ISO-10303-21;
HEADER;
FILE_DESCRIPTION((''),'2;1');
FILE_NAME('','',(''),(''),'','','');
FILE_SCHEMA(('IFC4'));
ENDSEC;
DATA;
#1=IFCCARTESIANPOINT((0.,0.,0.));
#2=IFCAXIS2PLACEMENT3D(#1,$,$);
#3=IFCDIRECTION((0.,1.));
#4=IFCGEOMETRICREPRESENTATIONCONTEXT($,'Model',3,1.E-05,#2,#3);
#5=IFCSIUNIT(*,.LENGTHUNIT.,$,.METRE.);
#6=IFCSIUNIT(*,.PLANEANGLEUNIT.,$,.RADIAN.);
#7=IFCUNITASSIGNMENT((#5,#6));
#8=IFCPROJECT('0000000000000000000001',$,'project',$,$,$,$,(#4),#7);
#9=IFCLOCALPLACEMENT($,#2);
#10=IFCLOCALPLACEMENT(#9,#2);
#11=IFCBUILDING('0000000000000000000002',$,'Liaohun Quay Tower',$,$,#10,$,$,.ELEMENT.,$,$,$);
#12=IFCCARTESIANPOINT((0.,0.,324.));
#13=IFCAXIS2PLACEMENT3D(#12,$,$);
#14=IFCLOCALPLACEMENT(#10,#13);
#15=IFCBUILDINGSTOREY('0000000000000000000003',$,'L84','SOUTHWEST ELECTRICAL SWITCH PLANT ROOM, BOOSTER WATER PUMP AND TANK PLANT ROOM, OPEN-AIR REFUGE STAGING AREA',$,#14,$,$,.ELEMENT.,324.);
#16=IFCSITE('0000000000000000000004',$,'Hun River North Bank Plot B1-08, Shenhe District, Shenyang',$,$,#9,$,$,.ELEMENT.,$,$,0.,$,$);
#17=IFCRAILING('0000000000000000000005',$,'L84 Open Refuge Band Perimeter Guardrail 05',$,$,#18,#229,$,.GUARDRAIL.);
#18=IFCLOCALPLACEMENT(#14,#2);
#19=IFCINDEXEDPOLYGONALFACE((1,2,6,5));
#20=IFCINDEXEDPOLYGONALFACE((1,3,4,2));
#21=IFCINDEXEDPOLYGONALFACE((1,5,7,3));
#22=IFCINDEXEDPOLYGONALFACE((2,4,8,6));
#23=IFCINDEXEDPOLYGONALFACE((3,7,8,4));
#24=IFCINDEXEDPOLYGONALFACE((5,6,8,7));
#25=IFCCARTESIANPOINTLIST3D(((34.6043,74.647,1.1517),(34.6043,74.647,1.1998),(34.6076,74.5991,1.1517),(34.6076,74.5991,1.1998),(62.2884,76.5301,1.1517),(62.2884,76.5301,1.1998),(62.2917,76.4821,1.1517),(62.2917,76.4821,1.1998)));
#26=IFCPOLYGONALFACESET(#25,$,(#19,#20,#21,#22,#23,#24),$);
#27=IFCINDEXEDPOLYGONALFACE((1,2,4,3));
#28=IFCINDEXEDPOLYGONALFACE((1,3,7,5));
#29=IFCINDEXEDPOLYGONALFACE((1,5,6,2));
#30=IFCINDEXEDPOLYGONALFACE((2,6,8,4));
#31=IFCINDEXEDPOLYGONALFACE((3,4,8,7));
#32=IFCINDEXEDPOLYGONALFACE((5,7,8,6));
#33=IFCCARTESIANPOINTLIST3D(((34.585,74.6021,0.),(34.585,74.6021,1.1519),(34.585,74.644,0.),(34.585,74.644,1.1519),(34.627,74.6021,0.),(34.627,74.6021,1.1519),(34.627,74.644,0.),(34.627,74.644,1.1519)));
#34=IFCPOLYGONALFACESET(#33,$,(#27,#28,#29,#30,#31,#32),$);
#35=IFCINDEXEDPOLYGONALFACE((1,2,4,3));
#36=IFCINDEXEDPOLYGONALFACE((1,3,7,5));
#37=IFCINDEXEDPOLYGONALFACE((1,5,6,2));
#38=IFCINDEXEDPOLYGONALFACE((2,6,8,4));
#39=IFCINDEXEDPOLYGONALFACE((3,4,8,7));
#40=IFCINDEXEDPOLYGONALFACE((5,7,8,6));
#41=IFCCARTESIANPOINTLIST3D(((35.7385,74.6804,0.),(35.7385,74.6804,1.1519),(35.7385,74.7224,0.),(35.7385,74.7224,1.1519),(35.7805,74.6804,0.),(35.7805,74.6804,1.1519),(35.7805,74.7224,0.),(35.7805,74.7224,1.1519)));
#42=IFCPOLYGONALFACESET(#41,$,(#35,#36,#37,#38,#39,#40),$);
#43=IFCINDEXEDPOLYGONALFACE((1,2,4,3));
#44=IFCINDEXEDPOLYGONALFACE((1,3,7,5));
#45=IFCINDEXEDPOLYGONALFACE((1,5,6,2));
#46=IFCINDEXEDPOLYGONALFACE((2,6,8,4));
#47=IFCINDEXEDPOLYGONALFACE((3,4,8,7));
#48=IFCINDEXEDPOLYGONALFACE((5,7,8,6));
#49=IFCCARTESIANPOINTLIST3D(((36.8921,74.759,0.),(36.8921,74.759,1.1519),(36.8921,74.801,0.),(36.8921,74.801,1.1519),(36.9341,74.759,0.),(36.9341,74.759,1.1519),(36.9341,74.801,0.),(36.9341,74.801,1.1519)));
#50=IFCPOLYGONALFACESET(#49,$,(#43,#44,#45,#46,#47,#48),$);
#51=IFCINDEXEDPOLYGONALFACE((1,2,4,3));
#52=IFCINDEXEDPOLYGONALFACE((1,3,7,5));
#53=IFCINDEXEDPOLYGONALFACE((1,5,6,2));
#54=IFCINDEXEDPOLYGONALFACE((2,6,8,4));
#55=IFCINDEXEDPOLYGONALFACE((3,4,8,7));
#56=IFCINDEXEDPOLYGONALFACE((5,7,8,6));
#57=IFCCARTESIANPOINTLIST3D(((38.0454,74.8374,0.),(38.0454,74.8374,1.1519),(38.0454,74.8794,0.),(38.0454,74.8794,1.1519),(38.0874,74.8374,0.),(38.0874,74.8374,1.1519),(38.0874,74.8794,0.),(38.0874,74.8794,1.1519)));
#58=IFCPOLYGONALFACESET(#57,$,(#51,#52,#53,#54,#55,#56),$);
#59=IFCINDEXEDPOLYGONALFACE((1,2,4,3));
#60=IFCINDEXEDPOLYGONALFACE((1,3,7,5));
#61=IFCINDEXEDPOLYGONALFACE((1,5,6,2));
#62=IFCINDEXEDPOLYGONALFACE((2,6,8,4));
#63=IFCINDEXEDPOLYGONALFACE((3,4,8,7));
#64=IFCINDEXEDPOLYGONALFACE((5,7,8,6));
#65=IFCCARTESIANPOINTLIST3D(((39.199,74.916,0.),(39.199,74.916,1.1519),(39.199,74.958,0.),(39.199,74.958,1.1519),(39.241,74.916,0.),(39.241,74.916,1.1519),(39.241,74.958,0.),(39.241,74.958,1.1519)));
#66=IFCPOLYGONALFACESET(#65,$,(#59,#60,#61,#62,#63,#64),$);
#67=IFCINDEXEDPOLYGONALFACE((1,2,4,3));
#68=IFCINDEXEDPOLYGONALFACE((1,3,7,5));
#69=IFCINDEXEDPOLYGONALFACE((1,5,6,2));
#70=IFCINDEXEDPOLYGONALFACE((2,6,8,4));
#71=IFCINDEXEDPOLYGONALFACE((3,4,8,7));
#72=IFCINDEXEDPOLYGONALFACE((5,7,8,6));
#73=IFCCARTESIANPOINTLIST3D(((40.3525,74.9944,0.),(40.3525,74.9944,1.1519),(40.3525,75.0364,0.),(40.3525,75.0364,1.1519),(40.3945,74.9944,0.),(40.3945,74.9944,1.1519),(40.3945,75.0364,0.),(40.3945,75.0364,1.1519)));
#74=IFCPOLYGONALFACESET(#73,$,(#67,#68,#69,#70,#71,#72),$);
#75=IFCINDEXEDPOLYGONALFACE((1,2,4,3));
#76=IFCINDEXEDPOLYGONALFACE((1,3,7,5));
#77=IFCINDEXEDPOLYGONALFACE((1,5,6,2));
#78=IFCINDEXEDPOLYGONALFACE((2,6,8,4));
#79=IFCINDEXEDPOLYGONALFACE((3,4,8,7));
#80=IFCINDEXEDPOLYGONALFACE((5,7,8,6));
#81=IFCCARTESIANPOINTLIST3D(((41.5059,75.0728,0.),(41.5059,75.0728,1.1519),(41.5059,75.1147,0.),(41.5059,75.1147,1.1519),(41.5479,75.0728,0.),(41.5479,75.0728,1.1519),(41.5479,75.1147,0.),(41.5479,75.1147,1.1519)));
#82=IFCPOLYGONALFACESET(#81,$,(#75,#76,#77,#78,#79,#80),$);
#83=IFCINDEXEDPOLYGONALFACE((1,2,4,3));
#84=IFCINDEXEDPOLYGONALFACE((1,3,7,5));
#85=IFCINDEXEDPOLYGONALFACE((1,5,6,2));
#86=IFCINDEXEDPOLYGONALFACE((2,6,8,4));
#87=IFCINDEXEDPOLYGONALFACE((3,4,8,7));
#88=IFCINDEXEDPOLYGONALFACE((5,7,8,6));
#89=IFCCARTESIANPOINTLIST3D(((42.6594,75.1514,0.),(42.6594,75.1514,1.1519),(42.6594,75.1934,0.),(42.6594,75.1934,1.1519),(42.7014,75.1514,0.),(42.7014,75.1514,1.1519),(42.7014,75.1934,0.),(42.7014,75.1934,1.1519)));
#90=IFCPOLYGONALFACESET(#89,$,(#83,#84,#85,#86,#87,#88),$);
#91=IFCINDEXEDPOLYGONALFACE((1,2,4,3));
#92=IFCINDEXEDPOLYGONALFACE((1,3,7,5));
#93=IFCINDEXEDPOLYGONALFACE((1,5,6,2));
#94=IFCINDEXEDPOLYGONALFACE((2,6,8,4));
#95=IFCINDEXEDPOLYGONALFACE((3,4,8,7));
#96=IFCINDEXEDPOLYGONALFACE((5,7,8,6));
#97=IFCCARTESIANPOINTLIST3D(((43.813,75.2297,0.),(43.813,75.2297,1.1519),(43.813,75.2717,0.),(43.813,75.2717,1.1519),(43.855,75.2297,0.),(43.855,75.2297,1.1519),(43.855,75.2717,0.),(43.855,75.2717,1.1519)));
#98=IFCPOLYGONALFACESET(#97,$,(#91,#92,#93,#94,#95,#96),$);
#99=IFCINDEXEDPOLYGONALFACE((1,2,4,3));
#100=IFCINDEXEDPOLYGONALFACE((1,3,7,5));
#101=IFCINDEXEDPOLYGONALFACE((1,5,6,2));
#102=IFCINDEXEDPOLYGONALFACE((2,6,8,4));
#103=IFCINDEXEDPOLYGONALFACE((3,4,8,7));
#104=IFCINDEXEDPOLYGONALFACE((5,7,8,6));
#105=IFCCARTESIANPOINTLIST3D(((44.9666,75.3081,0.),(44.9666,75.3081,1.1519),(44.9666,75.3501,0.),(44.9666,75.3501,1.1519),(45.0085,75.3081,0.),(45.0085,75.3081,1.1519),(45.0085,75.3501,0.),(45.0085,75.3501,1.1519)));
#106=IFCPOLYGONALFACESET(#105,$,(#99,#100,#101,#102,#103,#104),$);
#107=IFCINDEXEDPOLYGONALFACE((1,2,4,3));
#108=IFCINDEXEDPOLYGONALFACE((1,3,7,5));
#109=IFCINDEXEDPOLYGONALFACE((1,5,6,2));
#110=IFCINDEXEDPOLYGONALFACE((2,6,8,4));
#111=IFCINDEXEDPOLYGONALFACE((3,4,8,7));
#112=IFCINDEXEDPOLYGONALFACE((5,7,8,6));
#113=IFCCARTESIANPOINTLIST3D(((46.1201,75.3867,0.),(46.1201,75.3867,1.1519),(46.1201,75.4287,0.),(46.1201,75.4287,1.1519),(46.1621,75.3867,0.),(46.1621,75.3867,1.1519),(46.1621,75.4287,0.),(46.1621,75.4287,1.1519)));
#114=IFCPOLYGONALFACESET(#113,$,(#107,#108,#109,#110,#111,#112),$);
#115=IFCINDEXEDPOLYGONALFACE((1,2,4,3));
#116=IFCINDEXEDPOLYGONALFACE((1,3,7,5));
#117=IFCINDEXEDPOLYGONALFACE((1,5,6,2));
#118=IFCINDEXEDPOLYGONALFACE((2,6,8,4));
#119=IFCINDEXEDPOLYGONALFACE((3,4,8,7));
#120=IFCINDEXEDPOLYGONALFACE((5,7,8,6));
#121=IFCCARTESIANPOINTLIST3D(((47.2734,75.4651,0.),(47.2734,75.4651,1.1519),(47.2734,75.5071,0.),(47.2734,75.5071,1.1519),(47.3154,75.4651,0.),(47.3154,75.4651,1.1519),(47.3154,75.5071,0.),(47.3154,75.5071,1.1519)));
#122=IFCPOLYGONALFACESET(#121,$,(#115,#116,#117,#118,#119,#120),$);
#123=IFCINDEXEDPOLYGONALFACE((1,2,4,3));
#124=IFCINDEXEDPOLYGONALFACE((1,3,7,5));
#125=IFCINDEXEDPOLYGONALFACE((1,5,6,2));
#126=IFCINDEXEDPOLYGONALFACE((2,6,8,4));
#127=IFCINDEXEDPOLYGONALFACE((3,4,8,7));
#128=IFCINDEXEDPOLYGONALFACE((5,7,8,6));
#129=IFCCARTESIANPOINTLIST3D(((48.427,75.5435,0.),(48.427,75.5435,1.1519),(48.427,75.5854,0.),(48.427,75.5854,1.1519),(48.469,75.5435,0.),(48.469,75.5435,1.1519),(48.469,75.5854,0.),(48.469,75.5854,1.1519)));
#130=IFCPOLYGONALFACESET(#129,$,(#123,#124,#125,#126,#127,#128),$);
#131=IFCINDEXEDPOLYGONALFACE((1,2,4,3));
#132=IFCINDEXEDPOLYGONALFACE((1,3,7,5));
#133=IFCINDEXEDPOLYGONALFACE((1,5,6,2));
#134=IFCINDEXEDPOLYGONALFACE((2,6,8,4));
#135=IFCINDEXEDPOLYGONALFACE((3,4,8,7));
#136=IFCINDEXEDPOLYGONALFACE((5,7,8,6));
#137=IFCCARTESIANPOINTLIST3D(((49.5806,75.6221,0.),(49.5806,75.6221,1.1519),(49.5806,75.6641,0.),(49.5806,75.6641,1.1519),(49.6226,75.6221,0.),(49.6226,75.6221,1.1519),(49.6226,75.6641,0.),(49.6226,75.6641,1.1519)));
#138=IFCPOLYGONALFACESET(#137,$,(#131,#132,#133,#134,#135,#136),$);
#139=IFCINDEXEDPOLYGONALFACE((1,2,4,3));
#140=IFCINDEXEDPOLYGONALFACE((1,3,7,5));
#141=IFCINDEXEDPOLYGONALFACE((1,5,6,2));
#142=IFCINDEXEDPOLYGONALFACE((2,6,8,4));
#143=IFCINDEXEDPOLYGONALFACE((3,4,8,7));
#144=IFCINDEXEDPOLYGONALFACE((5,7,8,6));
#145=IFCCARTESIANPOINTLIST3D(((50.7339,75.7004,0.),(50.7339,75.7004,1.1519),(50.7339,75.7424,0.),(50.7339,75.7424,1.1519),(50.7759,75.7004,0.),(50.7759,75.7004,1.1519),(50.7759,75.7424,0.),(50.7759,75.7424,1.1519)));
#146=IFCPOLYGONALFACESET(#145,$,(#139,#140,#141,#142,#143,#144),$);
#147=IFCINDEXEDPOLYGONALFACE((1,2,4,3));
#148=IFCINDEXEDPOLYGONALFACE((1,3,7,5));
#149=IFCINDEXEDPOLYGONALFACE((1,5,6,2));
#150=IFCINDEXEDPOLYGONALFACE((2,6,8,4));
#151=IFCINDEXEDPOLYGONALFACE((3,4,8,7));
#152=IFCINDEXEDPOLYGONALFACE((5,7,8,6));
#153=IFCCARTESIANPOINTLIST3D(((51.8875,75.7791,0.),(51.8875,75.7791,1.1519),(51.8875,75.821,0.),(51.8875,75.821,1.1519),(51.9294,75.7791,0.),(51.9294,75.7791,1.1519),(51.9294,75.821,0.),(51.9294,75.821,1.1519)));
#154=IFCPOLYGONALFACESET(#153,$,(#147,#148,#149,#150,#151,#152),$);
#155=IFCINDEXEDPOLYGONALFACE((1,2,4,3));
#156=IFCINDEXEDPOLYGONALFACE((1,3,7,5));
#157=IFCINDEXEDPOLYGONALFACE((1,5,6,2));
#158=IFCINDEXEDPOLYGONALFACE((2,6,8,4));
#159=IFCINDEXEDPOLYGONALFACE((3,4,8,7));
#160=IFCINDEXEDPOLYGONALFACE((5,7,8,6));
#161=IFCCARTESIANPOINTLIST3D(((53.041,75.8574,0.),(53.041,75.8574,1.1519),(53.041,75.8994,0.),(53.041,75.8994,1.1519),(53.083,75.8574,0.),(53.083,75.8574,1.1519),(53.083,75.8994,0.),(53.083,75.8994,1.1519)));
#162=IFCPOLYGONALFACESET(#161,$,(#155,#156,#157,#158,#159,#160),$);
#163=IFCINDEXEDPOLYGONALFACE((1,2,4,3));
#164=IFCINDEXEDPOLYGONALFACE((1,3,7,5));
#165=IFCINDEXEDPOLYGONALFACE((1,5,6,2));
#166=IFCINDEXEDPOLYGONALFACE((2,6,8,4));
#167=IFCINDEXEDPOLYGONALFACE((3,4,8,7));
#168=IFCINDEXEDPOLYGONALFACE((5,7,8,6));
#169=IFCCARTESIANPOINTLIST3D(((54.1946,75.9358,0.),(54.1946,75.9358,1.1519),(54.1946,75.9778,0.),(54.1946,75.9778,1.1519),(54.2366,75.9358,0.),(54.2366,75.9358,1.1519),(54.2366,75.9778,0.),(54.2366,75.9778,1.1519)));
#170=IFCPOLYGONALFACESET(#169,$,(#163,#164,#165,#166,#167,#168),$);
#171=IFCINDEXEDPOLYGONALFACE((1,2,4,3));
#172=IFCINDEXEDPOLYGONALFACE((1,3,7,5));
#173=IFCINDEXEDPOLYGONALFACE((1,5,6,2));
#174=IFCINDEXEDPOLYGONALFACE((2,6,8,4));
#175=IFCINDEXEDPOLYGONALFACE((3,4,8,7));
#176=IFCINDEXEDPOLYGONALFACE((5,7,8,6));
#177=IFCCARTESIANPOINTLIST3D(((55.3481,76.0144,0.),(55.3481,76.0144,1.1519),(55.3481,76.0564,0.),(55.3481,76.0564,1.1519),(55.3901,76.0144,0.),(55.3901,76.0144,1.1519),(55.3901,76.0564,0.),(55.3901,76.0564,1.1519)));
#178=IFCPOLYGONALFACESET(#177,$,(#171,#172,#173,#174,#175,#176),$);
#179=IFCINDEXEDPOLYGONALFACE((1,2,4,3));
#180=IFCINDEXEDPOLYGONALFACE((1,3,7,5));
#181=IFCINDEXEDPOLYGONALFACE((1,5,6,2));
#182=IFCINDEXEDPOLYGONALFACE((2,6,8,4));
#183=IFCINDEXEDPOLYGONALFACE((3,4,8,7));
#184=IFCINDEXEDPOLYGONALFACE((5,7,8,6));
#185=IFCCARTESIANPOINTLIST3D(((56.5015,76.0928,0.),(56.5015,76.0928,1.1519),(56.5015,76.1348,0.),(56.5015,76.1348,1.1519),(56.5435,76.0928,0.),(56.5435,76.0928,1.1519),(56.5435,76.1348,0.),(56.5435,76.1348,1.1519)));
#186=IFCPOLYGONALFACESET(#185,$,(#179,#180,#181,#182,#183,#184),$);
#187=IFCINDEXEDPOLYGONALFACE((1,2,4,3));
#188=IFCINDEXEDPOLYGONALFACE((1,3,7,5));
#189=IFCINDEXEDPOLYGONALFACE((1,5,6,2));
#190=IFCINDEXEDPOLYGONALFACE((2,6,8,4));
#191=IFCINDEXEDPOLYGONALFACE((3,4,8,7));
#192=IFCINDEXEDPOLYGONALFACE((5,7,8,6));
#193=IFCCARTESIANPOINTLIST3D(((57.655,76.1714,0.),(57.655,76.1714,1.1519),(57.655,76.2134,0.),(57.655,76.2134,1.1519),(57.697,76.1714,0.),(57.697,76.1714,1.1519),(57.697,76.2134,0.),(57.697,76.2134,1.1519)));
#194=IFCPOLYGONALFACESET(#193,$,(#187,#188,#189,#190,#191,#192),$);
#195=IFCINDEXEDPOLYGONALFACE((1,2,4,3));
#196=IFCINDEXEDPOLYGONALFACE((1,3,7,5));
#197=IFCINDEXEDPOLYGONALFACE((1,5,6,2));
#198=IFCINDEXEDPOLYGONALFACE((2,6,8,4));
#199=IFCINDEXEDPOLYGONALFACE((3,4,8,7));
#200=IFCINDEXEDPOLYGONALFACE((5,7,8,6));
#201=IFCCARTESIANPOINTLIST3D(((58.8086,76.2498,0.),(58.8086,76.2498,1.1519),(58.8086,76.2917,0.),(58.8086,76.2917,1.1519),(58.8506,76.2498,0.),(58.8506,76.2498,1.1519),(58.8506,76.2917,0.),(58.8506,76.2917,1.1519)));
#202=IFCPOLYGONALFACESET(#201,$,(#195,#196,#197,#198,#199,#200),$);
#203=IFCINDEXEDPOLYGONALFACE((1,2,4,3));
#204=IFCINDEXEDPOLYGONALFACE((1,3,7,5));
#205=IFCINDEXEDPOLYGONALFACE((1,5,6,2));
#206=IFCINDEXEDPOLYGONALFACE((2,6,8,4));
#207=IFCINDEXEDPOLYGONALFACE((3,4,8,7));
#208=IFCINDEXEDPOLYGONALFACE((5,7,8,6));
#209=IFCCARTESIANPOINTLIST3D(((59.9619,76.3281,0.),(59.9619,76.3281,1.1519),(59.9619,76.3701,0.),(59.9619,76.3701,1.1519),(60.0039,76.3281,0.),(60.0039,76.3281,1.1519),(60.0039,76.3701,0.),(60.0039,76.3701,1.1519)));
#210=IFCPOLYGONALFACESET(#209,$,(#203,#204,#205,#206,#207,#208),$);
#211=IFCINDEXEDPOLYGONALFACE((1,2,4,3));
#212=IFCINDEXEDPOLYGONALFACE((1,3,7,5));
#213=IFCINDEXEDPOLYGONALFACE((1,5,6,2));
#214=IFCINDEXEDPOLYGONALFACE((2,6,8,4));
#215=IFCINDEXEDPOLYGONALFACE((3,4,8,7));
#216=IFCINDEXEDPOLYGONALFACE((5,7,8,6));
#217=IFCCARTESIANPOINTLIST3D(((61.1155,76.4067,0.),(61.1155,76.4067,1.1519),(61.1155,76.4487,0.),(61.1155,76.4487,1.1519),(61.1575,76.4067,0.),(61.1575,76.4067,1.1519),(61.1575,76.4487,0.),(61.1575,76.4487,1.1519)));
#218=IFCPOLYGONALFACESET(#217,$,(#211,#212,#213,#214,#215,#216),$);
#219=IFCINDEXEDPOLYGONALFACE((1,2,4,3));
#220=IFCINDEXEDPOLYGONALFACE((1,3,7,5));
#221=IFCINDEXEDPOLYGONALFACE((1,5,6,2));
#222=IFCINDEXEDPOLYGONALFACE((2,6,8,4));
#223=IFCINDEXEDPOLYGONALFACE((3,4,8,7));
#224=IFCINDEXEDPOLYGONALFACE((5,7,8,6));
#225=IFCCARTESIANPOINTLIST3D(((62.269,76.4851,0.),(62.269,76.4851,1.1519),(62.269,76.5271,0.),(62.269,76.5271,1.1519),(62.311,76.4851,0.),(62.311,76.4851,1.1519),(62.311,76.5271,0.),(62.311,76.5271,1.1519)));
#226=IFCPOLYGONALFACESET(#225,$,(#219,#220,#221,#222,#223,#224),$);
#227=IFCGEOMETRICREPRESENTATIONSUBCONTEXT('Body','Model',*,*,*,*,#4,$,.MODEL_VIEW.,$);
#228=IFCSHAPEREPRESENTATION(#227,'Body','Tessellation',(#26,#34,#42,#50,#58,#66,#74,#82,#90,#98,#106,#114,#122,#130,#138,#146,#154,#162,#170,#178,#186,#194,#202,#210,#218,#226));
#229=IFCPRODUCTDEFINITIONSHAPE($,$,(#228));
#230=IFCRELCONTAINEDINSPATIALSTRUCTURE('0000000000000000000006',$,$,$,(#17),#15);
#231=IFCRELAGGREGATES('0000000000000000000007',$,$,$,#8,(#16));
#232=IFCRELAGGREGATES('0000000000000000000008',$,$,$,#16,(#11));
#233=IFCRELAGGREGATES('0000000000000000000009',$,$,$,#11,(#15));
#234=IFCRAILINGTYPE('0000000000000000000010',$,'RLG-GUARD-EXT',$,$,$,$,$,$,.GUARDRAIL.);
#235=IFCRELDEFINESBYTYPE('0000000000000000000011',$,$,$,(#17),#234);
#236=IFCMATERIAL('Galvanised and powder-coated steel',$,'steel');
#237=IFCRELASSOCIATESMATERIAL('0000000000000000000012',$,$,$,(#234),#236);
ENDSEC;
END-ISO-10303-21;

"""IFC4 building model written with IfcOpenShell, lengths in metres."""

from ifc_helpers import new_model, si_unit, direction, frame, origin, origin_2d, place, context, subcontext, project, spatial, rectangle, extrude, material, type_object, element, save


model = new_model("IFC4")

# Units and contexts
model_context = context("Model", 3, precision=1e-05, world=origin(), true_north=direction((0.0, 1.0)))
body_context = subcontext(model_context, "Body", "Model", "MODEL_VIEW")
ifc_project = project(units=[si_unit("LENGTHUNIT", "METRE"), si_unit("PLANEANGLEUNIT", "RADIAN")], contexts=[model_context])

# Site, building, storey
site_placement = place(None, origin())
site = spatial("IfcSite", under=ifc_project, at=site_placement, Name="Hun River North Bank Plot B1-08, Shenhe District, Shenyang", CompositionType="ELEMENT", RefElevation=0.0)
building_placement = place(site_placement, origin())
building = spatial("IfcBuilding", under=site, at=building_placement, Name="Liaohun Quay Tower", CompositionType="ELEMENT")
storey_placement = place(building_placement, frame((0.0, 0.0, 324.0)))
storey = spatial("IfcBuildingStorey", under=building, at=storey_placement, Name="L84", Description="SOUTHWEST ELECTRICAL SWITCH PLANT ROOM, BOOSTER WATER PUMP AND TANK PLANT ROOM, OPEN-AIR REFUGE STAGING AREA", CompositionType="ELEMENT", Elevation=324.0)

# Railing
ifc_material_1 = material(Name="Galvanised and powder-coated steel", Category="steel")
railing_type = type_object("IfcRailingType", Name="RLG-GUARD-EXT", PredefinedType="GUARDRAIL", material=ifc_material_1)
railing_1_placement = place(storey_placement, frame((34.606, 74.623, 0.0)))
element("IfcRailing", 1, at=railing_1_placement, inside=storey, type_object=railing_type, Name="L84 Open Refuge Band Perimeter Guardrail 05", PredefinedType="GUARDRAIL", context=body_context, shape_type="SweptSolid", body=[
    extrude(rectangle(XDim=0.0481, YDim=0.0481, at=origin_2d()), frame((0.0, 0.0, 1.1758), z_axis=(0.997695, 0.067863, 0.0), x_axis=(-0.067863, 0.997695, 0.0)), (0.0, 0.0, 1.0), 27.748),
    extrude(rectangle(XDim=0.042, YDim=0.042, at=origin_2d()), origin(), (0.0, 0.0, 1.0), 1.1519),
    extrude(rectangle(XDim=0.042, YDim=0.042, at=origin_2d()), frame((1.1536, 0.0784, 0.0)), (0.0, 0.0, 1.0), 1.1519),
    extrude(rectangle(XDim=0.042, YDim=0.042, at=origin_2d()), frame((2.3071, 0.157, 0.0)), (0.0, 0.0, 1.0), 1.1519),
    extrude(rectangle(XDim=0.042, YDim=0.042, at=origin_2d()), frame((3.4604, 0.2354, 0.0)), (0.0, 0.0, 1.0), 1.1519),
    extrude(rectangle(XDim=0.042, YDim=0.042, at=origin_2d()), frame((4.614, 0.314, 0.0)), (0.0, 0.0, 1.0), 1.1519),
    extrude(rectangle(XDim=0.042, YDim=0.042, at=origin_2d()), frame((5.7676, 0.3923, 0.0)), (0.0, 0.0, 1.0), 1.1519),
    extrude(rectangle(XDim=0.042, YDim=0.042, at=origin_2d()), frame((6.9209, 0.4707, 0.0)), (0.0, 0.0, 1.0), 1.1519),
    extrude(rectangle(XDim=0.042, YDim=0.042, at=origin_2d()), frame((8.0745, 0.5493, 0.0)), (0.0, 0.0, 1.0), 1.1519),
    extrude(rectangle(XDim=0.042, YDim=0.042, at=origin_2d()), frame((9.228, 0.6277, 0.0)), (0.0, 0.0, 1.0), 1.1519),
    extrude(rectangle(XDim=0.042, YDim=0.042, at=origin_2d()), frame((10.3816, 0.7061, 0.0)), (0.0, 0.0, 1.0), 1.1519),
    extrude(rectangle(XDim=0.042, YDim=0.042, at=origin_2d()), frame((11.5352, 0.7847, 0.0)), (0.0, 0.0, 1.0), 1.1519),
    extrude(rectangle(XDim=0.042, YDim=0.042, at=origin_2d()), frame((12.6885, 0.863, 0.0)), (0.0, 0.0, 1.0), 1.1519),
    extrude(rectangle(XDim=0.042, YDim=0.042, at=origin_2d()), frame((13.842, 0.9414, 0.0)), (0.0, 0.0, 1.0), 1.1519),
    extrude(rectangle(XDim=0.042, YDim=0.042, at=origin_2d()), frame((14.9956, 1.02, 0.0)), (0.0, 0.0, 1.0), 1.1519),
    extrude(rectangle(XDim=0.042, YDim=0.042, at=origin_2d()), frame((16.1489, 1.0984, 0.0)), (0.0, 0.0, 1.0), 1.1519),
    extrude(rectangle(XDim=0.042, YDim=0.042, at=origin_2d()), frame((17.3025, 1.177, 0.0)), (0.0, 0.0, 1.0), 1.1519),
    extrude(rectangle(XDim=0.042, YDim=0.042, at=origin_2d()), frame((18.4561, 1.2554, 0.0)), (0.0, 0.0, 1.0), 1.1519),
    extrude(rectangle(XDim=0.042, YDim=0.042, at=origin_2d()), frame((19.6096, 1.3337, 0.0)), (0.0, 0.0, 1.0), 1.1519),
    extrude(rectangle(XDim=0.042, YDim=0.042, at=origin_2d()), frame((20.7632, 1.4124, 0.0)), (0.0, 0.0, 1.0), 1.1519),
    extrude(rectangle(XDim=0.042, YDim=0.042, at=origin_2d()), frame((21.9165, 1.4907, 0.0)), (0.0, 0.0, 1.0), 1.1519),
    extrude(rectangle(XDim=0.042, YDim=0.042, at=origin_2d()), frame((23.0701, 1.5693, 0.0)), (0.0, 0.0, 1.0), 1.1519),
    extrude(rectangle(XDim=0.042, YDim=0.042, at=origin_2d()), frame((24.2236, 1.6477, 0.0)), (0.0, 0.0, 1.0), 1.1519),
    extrude(rectangle(XDim=0.042, YDim=0.042, at=origin_2d()), frame((25.377, 1.7261, 0.0)), (0.0, 0.0, 1.0), 1.1519),
    extrude(rectangle(XDim=0.042, YDim=0.042, at=origin_2d()), frame((26.5305, 1.8047, 0.0)), (0.0, 0.0, 1.0), 1.1519),
    extrude(rectangle(XDim=0.042, YDim=0.042, at=origin_2d()), frame((27.6841, 1.8831, 0.0)), (0.0, 0.0, 1.0), 1.1519),
])

save(model, "model.ifc")
